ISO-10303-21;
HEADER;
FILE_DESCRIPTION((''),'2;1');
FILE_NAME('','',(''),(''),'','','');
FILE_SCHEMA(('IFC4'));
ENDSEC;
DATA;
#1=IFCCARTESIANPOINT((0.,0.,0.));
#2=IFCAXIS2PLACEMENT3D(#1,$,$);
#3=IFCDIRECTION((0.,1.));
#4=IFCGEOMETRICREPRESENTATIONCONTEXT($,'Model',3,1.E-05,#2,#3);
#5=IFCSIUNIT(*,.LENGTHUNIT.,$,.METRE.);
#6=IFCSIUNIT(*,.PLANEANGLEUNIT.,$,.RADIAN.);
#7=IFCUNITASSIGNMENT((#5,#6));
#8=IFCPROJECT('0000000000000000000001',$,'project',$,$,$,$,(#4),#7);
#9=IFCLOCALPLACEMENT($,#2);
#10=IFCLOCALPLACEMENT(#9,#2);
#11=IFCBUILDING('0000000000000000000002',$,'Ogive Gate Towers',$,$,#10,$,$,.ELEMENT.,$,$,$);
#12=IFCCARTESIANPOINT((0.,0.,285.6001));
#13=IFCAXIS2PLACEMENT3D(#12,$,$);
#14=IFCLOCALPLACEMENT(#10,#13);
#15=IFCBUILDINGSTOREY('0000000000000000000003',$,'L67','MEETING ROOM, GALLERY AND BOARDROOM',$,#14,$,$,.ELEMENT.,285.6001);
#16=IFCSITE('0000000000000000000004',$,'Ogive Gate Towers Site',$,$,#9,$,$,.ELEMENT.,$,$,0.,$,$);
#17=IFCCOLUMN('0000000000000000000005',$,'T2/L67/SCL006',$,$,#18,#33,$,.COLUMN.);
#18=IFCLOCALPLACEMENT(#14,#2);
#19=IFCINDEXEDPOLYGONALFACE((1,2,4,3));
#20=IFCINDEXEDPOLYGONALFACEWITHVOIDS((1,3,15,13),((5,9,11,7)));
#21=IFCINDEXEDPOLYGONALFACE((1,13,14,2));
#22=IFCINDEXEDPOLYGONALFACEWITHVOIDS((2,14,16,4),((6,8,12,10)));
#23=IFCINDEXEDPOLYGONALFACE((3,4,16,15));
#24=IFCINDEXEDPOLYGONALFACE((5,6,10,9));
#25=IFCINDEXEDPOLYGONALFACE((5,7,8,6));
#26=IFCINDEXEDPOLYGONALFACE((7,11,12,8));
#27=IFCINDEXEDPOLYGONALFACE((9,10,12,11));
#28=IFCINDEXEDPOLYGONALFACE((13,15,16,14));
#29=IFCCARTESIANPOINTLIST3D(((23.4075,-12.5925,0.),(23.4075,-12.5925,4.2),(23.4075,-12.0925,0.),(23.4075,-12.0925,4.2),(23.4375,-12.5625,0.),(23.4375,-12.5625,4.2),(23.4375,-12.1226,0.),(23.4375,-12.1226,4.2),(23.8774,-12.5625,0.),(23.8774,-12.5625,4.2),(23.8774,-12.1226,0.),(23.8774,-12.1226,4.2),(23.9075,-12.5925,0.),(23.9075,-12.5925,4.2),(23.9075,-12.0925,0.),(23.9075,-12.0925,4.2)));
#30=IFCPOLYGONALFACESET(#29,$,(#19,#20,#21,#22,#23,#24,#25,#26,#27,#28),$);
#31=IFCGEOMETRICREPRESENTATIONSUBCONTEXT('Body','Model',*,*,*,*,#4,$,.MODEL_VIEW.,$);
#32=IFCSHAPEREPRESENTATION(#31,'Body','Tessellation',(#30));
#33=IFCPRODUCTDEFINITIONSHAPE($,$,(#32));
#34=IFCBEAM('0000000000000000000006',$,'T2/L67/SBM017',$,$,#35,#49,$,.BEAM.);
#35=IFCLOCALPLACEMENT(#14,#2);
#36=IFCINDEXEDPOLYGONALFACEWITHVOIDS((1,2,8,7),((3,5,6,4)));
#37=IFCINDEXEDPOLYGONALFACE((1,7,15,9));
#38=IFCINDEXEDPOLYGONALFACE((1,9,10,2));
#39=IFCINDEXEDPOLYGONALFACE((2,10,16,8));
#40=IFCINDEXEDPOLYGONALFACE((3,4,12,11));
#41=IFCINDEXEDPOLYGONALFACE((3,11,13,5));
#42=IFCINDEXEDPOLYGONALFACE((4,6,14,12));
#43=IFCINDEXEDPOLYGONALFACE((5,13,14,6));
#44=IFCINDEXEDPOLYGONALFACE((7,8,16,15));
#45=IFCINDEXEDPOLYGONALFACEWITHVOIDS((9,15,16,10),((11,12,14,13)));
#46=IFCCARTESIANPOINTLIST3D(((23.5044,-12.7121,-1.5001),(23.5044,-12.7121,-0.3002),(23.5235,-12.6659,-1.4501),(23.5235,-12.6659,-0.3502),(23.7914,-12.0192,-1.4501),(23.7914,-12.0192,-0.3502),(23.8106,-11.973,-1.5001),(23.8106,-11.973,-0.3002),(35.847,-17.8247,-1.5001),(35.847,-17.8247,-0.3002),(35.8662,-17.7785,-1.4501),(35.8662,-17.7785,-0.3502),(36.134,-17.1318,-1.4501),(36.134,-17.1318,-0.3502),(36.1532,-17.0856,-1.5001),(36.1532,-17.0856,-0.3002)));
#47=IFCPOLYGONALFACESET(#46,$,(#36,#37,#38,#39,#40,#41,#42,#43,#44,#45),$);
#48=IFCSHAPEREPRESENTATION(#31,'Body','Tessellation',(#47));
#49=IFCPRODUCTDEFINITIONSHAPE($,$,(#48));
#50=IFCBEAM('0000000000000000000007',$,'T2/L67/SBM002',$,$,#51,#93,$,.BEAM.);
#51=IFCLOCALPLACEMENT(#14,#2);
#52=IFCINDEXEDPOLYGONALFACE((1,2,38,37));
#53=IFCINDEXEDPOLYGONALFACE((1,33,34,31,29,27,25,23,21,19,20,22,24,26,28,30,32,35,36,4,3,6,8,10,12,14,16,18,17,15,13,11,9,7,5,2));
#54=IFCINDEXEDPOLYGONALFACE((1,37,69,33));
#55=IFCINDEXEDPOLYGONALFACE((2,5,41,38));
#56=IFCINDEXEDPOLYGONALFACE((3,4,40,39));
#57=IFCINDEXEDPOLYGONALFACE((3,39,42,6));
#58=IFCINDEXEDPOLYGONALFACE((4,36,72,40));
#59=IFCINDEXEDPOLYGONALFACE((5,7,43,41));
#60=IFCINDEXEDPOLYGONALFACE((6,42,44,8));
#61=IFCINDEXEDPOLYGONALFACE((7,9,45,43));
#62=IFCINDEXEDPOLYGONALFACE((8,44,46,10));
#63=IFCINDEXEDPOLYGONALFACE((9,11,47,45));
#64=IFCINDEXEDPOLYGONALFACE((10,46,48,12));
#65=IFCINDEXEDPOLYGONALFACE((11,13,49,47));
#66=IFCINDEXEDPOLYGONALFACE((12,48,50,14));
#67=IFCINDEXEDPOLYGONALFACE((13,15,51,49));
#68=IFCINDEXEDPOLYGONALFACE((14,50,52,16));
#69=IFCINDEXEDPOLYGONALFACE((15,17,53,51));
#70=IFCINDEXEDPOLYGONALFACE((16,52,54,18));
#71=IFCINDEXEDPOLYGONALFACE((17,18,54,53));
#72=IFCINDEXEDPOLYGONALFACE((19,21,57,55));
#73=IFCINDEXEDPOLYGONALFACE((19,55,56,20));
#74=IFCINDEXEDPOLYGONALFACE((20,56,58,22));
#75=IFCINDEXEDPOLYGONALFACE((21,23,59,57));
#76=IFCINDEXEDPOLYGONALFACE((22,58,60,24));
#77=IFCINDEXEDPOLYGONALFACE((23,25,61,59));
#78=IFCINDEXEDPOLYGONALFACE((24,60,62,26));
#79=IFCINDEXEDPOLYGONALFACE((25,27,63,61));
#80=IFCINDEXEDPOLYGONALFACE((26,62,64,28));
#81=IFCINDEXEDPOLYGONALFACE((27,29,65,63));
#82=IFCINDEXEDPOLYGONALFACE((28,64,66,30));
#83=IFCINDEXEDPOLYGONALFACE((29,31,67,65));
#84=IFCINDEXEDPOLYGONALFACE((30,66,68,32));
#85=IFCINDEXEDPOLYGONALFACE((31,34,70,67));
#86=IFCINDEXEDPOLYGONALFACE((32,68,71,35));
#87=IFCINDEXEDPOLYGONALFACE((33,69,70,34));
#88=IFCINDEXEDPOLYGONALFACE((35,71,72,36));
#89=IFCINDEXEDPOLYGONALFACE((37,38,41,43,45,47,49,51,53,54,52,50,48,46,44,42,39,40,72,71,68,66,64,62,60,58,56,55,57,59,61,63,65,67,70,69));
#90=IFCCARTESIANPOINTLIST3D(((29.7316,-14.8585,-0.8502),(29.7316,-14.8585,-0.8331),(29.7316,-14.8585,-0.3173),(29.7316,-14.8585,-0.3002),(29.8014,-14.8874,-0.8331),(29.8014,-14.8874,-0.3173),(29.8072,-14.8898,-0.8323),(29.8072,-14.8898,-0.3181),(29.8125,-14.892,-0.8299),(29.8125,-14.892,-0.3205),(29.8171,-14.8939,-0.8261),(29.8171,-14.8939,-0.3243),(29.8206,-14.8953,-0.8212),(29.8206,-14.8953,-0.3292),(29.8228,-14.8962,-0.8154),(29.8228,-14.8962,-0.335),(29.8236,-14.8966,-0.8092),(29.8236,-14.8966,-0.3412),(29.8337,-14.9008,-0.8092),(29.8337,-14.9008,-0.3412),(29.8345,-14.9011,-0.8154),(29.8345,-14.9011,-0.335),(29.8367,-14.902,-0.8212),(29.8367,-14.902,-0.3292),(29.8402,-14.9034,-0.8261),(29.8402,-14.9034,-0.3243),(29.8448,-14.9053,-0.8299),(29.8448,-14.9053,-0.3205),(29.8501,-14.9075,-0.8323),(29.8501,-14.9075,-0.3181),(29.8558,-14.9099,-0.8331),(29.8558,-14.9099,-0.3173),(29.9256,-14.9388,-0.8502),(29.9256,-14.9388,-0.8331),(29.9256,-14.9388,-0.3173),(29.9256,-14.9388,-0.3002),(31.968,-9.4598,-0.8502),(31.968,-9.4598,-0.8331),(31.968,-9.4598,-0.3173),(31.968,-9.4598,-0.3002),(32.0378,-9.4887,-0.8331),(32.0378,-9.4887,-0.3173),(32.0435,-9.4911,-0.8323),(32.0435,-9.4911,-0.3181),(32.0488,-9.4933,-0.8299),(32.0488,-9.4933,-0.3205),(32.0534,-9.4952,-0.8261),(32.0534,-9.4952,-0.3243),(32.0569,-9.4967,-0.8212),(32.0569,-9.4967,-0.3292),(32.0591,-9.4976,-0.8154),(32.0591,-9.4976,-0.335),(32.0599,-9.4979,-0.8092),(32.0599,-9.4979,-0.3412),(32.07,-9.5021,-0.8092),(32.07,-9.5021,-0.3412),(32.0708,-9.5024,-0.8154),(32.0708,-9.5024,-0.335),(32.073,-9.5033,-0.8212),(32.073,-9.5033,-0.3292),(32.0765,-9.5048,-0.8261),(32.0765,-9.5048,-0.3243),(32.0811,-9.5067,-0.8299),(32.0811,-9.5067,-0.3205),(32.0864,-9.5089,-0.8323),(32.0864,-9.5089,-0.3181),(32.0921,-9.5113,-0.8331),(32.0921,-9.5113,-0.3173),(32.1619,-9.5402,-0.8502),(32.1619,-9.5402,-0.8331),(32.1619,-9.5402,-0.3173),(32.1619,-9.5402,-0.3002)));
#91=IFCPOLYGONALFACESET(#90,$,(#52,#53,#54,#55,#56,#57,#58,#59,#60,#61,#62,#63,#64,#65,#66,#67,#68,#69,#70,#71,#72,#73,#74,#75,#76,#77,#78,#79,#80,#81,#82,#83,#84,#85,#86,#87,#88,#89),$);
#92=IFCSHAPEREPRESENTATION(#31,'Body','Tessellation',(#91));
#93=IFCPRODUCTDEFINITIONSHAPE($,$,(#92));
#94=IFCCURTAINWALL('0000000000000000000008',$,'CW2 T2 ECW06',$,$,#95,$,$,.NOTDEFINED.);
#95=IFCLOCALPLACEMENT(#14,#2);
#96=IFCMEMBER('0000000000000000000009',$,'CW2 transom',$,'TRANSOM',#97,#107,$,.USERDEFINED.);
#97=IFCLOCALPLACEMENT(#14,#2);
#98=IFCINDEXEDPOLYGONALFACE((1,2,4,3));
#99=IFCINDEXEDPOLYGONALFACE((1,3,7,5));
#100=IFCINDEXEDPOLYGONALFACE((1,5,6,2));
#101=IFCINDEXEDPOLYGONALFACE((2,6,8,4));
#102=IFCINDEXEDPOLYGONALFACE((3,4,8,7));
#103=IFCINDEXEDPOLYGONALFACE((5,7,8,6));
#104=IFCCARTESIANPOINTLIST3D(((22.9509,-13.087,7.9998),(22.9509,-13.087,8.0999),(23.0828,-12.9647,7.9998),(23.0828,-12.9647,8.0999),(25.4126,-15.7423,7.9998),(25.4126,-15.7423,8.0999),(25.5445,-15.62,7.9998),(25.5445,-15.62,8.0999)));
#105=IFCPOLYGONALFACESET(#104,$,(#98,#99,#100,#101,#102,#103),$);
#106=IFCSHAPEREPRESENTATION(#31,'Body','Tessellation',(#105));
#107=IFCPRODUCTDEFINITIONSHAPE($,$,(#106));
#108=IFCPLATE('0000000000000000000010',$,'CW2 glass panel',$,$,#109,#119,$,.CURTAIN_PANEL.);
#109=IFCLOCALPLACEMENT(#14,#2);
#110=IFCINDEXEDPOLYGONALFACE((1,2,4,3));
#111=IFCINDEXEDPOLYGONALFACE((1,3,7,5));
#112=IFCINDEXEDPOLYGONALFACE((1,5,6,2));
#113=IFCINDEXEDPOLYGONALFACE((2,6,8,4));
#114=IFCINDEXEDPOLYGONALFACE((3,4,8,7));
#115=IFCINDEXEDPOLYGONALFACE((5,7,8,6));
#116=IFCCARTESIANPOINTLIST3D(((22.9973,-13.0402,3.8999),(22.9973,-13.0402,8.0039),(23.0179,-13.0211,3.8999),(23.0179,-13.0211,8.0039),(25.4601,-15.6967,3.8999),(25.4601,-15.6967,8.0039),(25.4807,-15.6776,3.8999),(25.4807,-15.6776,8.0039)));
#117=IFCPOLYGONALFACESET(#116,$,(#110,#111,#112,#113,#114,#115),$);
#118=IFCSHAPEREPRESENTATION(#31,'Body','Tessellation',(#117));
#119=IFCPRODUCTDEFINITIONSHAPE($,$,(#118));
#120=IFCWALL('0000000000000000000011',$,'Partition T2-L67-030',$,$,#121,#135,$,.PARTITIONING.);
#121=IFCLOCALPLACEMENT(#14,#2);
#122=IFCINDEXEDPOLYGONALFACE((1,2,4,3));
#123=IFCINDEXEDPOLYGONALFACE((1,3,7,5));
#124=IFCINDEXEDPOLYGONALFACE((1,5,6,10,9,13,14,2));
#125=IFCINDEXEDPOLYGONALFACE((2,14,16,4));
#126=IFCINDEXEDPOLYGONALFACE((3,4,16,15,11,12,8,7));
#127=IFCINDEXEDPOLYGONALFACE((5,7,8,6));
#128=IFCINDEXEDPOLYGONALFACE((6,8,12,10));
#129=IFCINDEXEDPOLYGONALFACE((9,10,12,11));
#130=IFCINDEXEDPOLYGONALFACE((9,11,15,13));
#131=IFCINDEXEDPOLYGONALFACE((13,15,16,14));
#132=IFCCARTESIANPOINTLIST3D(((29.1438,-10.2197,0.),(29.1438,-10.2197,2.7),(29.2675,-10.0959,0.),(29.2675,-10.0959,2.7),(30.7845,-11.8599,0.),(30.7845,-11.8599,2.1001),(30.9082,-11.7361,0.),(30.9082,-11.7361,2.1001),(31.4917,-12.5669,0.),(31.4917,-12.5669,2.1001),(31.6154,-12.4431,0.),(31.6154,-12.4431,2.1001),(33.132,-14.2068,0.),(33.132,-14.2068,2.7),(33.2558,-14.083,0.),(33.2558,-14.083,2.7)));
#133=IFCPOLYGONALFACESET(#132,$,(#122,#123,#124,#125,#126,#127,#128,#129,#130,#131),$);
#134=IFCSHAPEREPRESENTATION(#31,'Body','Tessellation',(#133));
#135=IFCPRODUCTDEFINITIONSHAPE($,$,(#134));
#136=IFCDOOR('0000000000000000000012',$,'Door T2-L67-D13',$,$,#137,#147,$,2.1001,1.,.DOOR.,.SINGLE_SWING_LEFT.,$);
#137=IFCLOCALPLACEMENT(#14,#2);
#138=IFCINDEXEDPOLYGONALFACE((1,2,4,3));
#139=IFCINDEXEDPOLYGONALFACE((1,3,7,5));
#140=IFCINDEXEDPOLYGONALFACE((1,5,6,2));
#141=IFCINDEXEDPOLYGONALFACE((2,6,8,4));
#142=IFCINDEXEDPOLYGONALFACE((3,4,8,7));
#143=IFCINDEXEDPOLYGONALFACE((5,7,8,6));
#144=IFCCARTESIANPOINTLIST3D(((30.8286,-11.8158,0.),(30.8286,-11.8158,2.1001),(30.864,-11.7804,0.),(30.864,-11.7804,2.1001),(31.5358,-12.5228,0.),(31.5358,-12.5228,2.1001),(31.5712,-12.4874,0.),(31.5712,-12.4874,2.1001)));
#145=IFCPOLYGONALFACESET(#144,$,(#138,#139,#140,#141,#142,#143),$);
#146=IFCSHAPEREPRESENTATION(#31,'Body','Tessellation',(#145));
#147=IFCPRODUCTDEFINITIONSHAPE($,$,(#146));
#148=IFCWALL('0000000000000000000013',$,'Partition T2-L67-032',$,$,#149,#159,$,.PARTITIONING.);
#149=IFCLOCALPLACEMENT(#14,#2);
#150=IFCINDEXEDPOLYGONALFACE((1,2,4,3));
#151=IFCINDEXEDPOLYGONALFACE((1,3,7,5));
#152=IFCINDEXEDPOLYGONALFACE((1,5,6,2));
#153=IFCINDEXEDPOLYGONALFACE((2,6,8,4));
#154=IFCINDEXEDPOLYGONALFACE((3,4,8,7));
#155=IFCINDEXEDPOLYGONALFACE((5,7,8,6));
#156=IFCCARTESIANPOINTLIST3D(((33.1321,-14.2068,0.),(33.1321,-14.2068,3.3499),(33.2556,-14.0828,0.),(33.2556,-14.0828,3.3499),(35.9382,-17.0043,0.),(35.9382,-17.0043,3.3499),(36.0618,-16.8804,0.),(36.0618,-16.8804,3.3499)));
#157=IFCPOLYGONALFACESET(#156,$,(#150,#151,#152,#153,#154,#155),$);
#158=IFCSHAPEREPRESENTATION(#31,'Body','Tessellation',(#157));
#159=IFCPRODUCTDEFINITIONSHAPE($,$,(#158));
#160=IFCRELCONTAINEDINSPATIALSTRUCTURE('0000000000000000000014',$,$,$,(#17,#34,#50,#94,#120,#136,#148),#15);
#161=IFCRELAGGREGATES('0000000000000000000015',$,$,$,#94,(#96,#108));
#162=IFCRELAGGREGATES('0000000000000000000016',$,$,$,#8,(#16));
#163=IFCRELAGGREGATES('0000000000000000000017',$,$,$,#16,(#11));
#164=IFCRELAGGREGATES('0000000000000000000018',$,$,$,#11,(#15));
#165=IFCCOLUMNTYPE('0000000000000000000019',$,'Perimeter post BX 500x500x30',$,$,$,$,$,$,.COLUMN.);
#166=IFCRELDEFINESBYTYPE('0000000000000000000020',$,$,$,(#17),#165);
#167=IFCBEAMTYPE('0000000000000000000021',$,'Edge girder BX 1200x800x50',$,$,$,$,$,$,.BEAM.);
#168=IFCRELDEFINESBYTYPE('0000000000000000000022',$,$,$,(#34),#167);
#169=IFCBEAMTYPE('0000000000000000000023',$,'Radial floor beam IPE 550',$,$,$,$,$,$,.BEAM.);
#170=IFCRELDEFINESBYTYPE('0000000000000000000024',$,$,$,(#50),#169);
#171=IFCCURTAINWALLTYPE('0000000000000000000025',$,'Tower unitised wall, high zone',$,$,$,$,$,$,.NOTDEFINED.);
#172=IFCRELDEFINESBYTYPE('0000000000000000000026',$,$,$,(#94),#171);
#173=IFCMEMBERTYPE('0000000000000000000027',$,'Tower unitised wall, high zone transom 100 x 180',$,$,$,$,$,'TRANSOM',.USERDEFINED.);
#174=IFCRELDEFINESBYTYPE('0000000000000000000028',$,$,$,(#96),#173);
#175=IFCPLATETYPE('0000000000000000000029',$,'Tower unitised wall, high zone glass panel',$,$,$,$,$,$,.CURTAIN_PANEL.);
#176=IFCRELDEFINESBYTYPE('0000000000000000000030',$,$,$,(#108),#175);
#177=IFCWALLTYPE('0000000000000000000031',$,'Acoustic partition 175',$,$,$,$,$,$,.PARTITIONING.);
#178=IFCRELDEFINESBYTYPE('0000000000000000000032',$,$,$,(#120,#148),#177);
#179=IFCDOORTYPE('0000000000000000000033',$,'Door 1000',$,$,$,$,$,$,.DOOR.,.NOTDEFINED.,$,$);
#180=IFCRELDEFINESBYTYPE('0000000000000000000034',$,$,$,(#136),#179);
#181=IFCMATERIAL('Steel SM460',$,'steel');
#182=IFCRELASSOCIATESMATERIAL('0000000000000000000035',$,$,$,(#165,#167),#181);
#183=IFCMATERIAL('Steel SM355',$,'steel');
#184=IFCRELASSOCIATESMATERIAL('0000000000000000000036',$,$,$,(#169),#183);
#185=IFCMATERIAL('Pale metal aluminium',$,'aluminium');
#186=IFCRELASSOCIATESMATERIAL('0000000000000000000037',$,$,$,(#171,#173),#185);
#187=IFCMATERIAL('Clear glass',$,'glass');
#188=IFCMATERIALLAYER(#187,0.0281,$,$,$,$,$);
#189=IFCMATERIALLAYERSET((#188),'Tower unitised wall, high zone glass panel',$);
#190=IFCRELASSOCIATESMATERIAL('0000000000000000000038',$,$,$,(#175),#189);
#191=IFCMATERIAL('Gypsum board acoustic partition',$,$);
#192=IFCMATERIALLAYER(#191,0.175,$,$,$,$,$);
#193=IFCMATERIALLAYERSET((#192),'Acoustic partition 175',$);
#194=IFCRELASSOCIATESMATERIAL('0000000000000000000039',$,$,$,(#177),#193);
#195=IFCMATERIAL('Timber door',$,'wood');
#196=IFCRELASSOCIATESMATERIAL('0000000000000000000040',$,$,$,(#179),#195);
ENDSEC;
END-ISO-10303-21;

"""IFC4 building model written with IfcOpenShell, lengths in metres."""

from ifc_helpers import new_model, si_unit, direction, frame, frame_2d, origin, origin_2d, place, context, subcontext, project, spatial, rectangle, hollow_rectangle, i_section, extrude, material, layer, layer_set, material_profile, profile_set, type_object, element, fill, aggregate, save


model = new_model("IFC4")

# Units and contexts
model_context = context("Model", 3, precision=1e-05, world=origin(), true_north=direction((0.0, 1.0)))
body_context = subcontext(model_context, "Body", "Model", "MODEL_VIEW")
ifc_project = project(units=[si_unit("LENGTHUNIT", "METRE"), si_unit("PLANEANGLEUNIT", "RADIAN")], contexts=[model_context])

# Site, building, storey
site_placement = place(None, origin())
site = spatial("IfcSite", under=ifc_project, at=site_placement, Name="Ogive Gate Towers Site", CompositionType="ELEMENT", RefElevation=0.0)
building_placement = place(site_placement, origin())
building = spatial("IfcBuilding", under=site, at=building_placement, Name="Ogive Gate Towers", CompositionType="ELEMENT")
storey_placement = place(building_placement, frame((0.0, 0.0, 285.6001)))
storey = spatial("IfcBuildingStorey", under=building, at=storey_placement, Name="L67", Description="MEETING ROOM, GALLERY AND BOARDROOM", CompositionType="ELEMENT", Elevation=285.6001)

# Column
ifc_material_1 = material(Name="Steel SM460", Category="steel")
ifc_material_profile_1 = material_profile(ifc_material_1, hollow_rectangle(XDim=0.5, YDim=0.5, WallThickness=0.03, at=origin_2d()), Name="BX 500x500x30")
ifc_profile_set_1 = profile_set([ifc_material_profile_1], Name="Steel SM460")
column_type = type_object("IfcColumnType", Name="Perimeter post BX 500x500x30", PredefinedType="COLUMN", material=ifc_profile_set_1)
column_placement = place(storey_placement, frame((23.6575, -12.3425, 0.0), z_axis=(0.0, 0.0, 1.0), x_axis=(1.0, 0.0, 0.0)))
element("IfcColumn", 1, at=column_placement, inside=storey, type_object=column_type, Name="T2/L67/SCL006", PredefinedType="COLUMN", context=body_context, shape_type="SweptSolid", body=[
    extrude(hollow_rectangle(XDim=0.5, YDim=0.5, WallThickness=0.03, at=origin_2d()), origin(), (0.0, 0.0, 1.0), 4.2),
])

# Beams
ifc_material_profile_2 = material_profile(ifc_material_1, hollow_rectangle(XDim=0.8, YDim=1.2, WallThickness=0.05, at=origin_2d()), Name="BX 1200x800x50")
ifc_profile_set_2 = profile_set([ifc_material_profile_2], Name="Steel SM460")
beam_type_1 = type_object("IfcBeamType", Name="Edge girder BX 1200x800x50", PredefinedType="BEAM", material=ifc_profile_set_2)
beam_1_placement = place(storey_placement, frame((23.6575, -12.3425, -0.9001), z_axis=(0.923877, -0.38269, 0.0), x_axis=(0.38269, 0.923877, 0.0)))
element("IfcBeam", 2, at=beam_1_placement, inside=storey, type_object=beam_type_1, Name="T2/L67/SBM017", PredefinedType="BEAM", context=body_context, shape_type="SweptSolid", body=[
    extrude(hollow_rectangle(XDim=0.8, YDim=1.2, WallThickness=0.05, at=origin_2d()), origin(), (0.0, 0.0, 1.0), 13.3596),
])
ifc_material_2 = material(Name="Steel SM355", Category="steel")
ifc_material_profile_3 = material_profile(ifc_material_2, i_section(OverallWidth=0.21, OverallDepth=0.55, WebThickness=0.011, FlangeThickness=0.0171, FilletRadius=0.0239, at=origin_2d()), Name="IPE 550")
ifc_profile_set_3 = profile_set([ifc_material_profile_3], Name="Steel SM355")
beam_type_2 = type_object("IfcBeamType", Name="Radial floor beam IPE 550", PredefinedType="BEAM", material=ifc_profile_set_3)
beam_2_placement = place(storey_placement, frame((32.0649, -9.5, -0.5752), z_axis=(-0.382701, -0.923872, 0.0), x_axis=(0.923872, -0.382701, 0.0)))
element("IfcBeam", 3, at=beam_2_placement, inside=storey, type_object=beam_type_2, Name="T2/L67/SBM002", PredefinedType="BEAM", context=body_context, shape_type="SweptSolid", body=[
    extrude(i_section(OverallWidth=0.21, OverallDepth=0.55, WebThickness=0.011, FlangeThickness=0.0171, FilletRadius=0.0239, at=origin_2d()), origin(), (0.0, 0.0, 1.0), 5.8435),
])

# Curtain wall, member, plate
ifc_material_3 = material(Name="Pale metal aluminium", Category="aluminium")
curtain_wall_type = type_object("IfcCurtainWallType", Name="Tower unitised wall, high zone", PredefinedType="NOTDEFINED", material=ifc_material_3)
curtain_wall_placement = place(storey_placement, origin())
curtain_wall = element("IfcCurtainWall", 4, at=curtain_wall_placement, inside=storey, type_object=curtain_wall_type, Name="CW2 T2 ECW06", PredefinedType="NOTDEFINED")
ifc_material_profile_4 = material_profile(ifc_material_3, rectangle(XDim=0.1799, YDim=0.1001, at=origin_2d()), Name="100 x 180 aluminium box")
ifc_profile_set_4 = profile_set([ifc_material_profile_4], Name="Pale metal aluminium")
member_type = type_object("IfcMemberType", Name="Tower unitised wall, high zone transom 100 x 180", ElementType="TRANSOM", PredefinedType="USERDEFINED", material=ifc_profile_set_4)
member_placement = place(storey_placement, frame((23.0168, -13.0259, 8.0498), z_axis=(0.679866, -0.733336, 0.0), x_axis=(0.733336, 0.679866, 0.0)))
member = element("IfcMember", 5, at=member_placement, type_object=member_type, Name="CW2 transom", ObjectType="TRANSOM", PredefinedType="USERDEFINED", context=body_context, shape_type="SweptSolid", body=[
    extrude(rectangle(XDim=0.1799, YDim=0.1001, at=origin_2d()), origin(), (0.0, 0.0, 1.0), 3.6208),
])
ifc_material_4 = material(Name="Clear glass", Category="glass")
ifc_layer_1 = layer(ifc_material_4, 0.0281)
ifc_layer_set_1 = layer_set([ifc_layer_1], Name="Tower unitised wall, high zone glass panel")
plate_type = type_object("IfcPlateType", Name="Tower unitised wall, high zone glass panel", PredefinedType="CURTAIN_PANEL", material=ifc_layer_set_1)
plate_placement = place(storey_placement, frame((24.239, -14.3589, 3.8999), z_axis=(0.0, 0.0, 1.0), x_axis=(0.679864, -0.733338, 0.0)))
plate = element("IfcPlate", 6, at=plate_placement, type_object=plate_type, Name="CW2 glass panel", PredefinedType="CURTAIN_PANEL", context=body_context, shape_type="SweptSolid", body=[
    extrude(rectangle(XDim=3.6226, YDim=0.0281, at=origin_2d()), origin(), (0.0, 0.0, 1.0), 4.104),
])
aggregate(curtain_wall, [member, plate])

# Wall, opening, door
ifc_material_5 = material(Name="Gypsum board acoustic partition")
ifc_layer_2 = layer(ifc_material_5, 0.175)
ifc_layer_set_2 = layer_set([ifc_layer_2], Name="Acoustic partition 175")
wall_type_1 = type_object("IfcWallType", Name="Acoustic partition 175", PredefinedType="PARTITIONING", material=ifc_layer_set_2)
wall_1_placement = place(storey_placement, frame((29.2056, -10.1577, 0.0), z_axis=(0.0, 0.0, 1.0), x_axis=(0.707215, -0.706999, 0.0)))
wall_1 = element("IfcWall", 7, at=wall_1_placement, inside=storey, type_object=wall_type_1, Name="Partition T2-L67-030", PredefinedType="PARTITIONING", context=body_context, shape_type="SweptSolid", body=[
    extrude(rectangle(XDim=5.6394, YDim=0.175, at=frame_2d((2.8198, 0.0))), origin(), (0.0, 0.0, 1.0), 2.7),
])
opening_1_placement = place(wall_1_placement, frame((2.3201, 0.0, 0.0)))
opening_1 = element("IfcOpeningElement", 8, at=opening_1_placement, cuts=wall_1, PredefinedType="OPENING", context=body_context, shape_type="SweptSolid", body=[
    extrude(rectangle(XDim=1.0, YDim=2.1001, at=frame_2d((0.5, 1.05))), frame((0.0, 0.0977, 0.0), z_axis=(0.0, -1.0, 0.0), x_axis=(1.0, 0.0, 0.0)), (0.0, 0.0, 1.0), 0.1951),
])
ifc_material_6 = material(Name="Timber door", Category="wood")
door_type_1 = type_object("IfcDoorType", Name="Door 1000", OperationType="NOTDEFINED", PredefinedType="DOOR", material=ifc_material_6)
door_1_placement = place(opening_1_placement, origin())
door_1 = element("IfcDoor", 9, at=door_1_placement, inside=storey, type_object=door_type_1, Name="Door T2-L67-D13", OperationType="SINGLE_SWING_LEFT", OverallHeight=2.1001, OverallWidth=1.0, PredefinedType="DOOR", context=body_context, shape_type="SweptSolid", body=[
    extrude(rectangle(XDim=1.0, YDim=2.1001, at=frame_2d((0.5, 1.05))), frame((0.0, 0.0249, 0.0), z_axis=(0.0, -1.0, 0.0), x_axis=(1.0, 0.0, 0.0)), (0.0, 0.0, 1.0), 0.05),
])
fill(opening_1, door_1)

# Wall
wall_2_placement = place(storey_placement, frame((33.1938, -14.1448, 0.0), z_axis=(0.0, 0.0, 1.0), x_axis=(0.708184, -0.706028, 0.0)))
element("IfcWall", 10, at=wall_2_placement, inside=storey, type_object=wall_type_1, Name="Partition T2-L67-032", PredefinedType="PARTITIONING", context=body_context, shape_type="SweptSolid", body=[
    extrude(rectangle(XDim=3.9624, YDim=0.175, at=frame_2d((1.9812, 0.0))), origin(), (0.0, 0.0, 1.0), 3.3499),
])

save(model, "model.ifc")
